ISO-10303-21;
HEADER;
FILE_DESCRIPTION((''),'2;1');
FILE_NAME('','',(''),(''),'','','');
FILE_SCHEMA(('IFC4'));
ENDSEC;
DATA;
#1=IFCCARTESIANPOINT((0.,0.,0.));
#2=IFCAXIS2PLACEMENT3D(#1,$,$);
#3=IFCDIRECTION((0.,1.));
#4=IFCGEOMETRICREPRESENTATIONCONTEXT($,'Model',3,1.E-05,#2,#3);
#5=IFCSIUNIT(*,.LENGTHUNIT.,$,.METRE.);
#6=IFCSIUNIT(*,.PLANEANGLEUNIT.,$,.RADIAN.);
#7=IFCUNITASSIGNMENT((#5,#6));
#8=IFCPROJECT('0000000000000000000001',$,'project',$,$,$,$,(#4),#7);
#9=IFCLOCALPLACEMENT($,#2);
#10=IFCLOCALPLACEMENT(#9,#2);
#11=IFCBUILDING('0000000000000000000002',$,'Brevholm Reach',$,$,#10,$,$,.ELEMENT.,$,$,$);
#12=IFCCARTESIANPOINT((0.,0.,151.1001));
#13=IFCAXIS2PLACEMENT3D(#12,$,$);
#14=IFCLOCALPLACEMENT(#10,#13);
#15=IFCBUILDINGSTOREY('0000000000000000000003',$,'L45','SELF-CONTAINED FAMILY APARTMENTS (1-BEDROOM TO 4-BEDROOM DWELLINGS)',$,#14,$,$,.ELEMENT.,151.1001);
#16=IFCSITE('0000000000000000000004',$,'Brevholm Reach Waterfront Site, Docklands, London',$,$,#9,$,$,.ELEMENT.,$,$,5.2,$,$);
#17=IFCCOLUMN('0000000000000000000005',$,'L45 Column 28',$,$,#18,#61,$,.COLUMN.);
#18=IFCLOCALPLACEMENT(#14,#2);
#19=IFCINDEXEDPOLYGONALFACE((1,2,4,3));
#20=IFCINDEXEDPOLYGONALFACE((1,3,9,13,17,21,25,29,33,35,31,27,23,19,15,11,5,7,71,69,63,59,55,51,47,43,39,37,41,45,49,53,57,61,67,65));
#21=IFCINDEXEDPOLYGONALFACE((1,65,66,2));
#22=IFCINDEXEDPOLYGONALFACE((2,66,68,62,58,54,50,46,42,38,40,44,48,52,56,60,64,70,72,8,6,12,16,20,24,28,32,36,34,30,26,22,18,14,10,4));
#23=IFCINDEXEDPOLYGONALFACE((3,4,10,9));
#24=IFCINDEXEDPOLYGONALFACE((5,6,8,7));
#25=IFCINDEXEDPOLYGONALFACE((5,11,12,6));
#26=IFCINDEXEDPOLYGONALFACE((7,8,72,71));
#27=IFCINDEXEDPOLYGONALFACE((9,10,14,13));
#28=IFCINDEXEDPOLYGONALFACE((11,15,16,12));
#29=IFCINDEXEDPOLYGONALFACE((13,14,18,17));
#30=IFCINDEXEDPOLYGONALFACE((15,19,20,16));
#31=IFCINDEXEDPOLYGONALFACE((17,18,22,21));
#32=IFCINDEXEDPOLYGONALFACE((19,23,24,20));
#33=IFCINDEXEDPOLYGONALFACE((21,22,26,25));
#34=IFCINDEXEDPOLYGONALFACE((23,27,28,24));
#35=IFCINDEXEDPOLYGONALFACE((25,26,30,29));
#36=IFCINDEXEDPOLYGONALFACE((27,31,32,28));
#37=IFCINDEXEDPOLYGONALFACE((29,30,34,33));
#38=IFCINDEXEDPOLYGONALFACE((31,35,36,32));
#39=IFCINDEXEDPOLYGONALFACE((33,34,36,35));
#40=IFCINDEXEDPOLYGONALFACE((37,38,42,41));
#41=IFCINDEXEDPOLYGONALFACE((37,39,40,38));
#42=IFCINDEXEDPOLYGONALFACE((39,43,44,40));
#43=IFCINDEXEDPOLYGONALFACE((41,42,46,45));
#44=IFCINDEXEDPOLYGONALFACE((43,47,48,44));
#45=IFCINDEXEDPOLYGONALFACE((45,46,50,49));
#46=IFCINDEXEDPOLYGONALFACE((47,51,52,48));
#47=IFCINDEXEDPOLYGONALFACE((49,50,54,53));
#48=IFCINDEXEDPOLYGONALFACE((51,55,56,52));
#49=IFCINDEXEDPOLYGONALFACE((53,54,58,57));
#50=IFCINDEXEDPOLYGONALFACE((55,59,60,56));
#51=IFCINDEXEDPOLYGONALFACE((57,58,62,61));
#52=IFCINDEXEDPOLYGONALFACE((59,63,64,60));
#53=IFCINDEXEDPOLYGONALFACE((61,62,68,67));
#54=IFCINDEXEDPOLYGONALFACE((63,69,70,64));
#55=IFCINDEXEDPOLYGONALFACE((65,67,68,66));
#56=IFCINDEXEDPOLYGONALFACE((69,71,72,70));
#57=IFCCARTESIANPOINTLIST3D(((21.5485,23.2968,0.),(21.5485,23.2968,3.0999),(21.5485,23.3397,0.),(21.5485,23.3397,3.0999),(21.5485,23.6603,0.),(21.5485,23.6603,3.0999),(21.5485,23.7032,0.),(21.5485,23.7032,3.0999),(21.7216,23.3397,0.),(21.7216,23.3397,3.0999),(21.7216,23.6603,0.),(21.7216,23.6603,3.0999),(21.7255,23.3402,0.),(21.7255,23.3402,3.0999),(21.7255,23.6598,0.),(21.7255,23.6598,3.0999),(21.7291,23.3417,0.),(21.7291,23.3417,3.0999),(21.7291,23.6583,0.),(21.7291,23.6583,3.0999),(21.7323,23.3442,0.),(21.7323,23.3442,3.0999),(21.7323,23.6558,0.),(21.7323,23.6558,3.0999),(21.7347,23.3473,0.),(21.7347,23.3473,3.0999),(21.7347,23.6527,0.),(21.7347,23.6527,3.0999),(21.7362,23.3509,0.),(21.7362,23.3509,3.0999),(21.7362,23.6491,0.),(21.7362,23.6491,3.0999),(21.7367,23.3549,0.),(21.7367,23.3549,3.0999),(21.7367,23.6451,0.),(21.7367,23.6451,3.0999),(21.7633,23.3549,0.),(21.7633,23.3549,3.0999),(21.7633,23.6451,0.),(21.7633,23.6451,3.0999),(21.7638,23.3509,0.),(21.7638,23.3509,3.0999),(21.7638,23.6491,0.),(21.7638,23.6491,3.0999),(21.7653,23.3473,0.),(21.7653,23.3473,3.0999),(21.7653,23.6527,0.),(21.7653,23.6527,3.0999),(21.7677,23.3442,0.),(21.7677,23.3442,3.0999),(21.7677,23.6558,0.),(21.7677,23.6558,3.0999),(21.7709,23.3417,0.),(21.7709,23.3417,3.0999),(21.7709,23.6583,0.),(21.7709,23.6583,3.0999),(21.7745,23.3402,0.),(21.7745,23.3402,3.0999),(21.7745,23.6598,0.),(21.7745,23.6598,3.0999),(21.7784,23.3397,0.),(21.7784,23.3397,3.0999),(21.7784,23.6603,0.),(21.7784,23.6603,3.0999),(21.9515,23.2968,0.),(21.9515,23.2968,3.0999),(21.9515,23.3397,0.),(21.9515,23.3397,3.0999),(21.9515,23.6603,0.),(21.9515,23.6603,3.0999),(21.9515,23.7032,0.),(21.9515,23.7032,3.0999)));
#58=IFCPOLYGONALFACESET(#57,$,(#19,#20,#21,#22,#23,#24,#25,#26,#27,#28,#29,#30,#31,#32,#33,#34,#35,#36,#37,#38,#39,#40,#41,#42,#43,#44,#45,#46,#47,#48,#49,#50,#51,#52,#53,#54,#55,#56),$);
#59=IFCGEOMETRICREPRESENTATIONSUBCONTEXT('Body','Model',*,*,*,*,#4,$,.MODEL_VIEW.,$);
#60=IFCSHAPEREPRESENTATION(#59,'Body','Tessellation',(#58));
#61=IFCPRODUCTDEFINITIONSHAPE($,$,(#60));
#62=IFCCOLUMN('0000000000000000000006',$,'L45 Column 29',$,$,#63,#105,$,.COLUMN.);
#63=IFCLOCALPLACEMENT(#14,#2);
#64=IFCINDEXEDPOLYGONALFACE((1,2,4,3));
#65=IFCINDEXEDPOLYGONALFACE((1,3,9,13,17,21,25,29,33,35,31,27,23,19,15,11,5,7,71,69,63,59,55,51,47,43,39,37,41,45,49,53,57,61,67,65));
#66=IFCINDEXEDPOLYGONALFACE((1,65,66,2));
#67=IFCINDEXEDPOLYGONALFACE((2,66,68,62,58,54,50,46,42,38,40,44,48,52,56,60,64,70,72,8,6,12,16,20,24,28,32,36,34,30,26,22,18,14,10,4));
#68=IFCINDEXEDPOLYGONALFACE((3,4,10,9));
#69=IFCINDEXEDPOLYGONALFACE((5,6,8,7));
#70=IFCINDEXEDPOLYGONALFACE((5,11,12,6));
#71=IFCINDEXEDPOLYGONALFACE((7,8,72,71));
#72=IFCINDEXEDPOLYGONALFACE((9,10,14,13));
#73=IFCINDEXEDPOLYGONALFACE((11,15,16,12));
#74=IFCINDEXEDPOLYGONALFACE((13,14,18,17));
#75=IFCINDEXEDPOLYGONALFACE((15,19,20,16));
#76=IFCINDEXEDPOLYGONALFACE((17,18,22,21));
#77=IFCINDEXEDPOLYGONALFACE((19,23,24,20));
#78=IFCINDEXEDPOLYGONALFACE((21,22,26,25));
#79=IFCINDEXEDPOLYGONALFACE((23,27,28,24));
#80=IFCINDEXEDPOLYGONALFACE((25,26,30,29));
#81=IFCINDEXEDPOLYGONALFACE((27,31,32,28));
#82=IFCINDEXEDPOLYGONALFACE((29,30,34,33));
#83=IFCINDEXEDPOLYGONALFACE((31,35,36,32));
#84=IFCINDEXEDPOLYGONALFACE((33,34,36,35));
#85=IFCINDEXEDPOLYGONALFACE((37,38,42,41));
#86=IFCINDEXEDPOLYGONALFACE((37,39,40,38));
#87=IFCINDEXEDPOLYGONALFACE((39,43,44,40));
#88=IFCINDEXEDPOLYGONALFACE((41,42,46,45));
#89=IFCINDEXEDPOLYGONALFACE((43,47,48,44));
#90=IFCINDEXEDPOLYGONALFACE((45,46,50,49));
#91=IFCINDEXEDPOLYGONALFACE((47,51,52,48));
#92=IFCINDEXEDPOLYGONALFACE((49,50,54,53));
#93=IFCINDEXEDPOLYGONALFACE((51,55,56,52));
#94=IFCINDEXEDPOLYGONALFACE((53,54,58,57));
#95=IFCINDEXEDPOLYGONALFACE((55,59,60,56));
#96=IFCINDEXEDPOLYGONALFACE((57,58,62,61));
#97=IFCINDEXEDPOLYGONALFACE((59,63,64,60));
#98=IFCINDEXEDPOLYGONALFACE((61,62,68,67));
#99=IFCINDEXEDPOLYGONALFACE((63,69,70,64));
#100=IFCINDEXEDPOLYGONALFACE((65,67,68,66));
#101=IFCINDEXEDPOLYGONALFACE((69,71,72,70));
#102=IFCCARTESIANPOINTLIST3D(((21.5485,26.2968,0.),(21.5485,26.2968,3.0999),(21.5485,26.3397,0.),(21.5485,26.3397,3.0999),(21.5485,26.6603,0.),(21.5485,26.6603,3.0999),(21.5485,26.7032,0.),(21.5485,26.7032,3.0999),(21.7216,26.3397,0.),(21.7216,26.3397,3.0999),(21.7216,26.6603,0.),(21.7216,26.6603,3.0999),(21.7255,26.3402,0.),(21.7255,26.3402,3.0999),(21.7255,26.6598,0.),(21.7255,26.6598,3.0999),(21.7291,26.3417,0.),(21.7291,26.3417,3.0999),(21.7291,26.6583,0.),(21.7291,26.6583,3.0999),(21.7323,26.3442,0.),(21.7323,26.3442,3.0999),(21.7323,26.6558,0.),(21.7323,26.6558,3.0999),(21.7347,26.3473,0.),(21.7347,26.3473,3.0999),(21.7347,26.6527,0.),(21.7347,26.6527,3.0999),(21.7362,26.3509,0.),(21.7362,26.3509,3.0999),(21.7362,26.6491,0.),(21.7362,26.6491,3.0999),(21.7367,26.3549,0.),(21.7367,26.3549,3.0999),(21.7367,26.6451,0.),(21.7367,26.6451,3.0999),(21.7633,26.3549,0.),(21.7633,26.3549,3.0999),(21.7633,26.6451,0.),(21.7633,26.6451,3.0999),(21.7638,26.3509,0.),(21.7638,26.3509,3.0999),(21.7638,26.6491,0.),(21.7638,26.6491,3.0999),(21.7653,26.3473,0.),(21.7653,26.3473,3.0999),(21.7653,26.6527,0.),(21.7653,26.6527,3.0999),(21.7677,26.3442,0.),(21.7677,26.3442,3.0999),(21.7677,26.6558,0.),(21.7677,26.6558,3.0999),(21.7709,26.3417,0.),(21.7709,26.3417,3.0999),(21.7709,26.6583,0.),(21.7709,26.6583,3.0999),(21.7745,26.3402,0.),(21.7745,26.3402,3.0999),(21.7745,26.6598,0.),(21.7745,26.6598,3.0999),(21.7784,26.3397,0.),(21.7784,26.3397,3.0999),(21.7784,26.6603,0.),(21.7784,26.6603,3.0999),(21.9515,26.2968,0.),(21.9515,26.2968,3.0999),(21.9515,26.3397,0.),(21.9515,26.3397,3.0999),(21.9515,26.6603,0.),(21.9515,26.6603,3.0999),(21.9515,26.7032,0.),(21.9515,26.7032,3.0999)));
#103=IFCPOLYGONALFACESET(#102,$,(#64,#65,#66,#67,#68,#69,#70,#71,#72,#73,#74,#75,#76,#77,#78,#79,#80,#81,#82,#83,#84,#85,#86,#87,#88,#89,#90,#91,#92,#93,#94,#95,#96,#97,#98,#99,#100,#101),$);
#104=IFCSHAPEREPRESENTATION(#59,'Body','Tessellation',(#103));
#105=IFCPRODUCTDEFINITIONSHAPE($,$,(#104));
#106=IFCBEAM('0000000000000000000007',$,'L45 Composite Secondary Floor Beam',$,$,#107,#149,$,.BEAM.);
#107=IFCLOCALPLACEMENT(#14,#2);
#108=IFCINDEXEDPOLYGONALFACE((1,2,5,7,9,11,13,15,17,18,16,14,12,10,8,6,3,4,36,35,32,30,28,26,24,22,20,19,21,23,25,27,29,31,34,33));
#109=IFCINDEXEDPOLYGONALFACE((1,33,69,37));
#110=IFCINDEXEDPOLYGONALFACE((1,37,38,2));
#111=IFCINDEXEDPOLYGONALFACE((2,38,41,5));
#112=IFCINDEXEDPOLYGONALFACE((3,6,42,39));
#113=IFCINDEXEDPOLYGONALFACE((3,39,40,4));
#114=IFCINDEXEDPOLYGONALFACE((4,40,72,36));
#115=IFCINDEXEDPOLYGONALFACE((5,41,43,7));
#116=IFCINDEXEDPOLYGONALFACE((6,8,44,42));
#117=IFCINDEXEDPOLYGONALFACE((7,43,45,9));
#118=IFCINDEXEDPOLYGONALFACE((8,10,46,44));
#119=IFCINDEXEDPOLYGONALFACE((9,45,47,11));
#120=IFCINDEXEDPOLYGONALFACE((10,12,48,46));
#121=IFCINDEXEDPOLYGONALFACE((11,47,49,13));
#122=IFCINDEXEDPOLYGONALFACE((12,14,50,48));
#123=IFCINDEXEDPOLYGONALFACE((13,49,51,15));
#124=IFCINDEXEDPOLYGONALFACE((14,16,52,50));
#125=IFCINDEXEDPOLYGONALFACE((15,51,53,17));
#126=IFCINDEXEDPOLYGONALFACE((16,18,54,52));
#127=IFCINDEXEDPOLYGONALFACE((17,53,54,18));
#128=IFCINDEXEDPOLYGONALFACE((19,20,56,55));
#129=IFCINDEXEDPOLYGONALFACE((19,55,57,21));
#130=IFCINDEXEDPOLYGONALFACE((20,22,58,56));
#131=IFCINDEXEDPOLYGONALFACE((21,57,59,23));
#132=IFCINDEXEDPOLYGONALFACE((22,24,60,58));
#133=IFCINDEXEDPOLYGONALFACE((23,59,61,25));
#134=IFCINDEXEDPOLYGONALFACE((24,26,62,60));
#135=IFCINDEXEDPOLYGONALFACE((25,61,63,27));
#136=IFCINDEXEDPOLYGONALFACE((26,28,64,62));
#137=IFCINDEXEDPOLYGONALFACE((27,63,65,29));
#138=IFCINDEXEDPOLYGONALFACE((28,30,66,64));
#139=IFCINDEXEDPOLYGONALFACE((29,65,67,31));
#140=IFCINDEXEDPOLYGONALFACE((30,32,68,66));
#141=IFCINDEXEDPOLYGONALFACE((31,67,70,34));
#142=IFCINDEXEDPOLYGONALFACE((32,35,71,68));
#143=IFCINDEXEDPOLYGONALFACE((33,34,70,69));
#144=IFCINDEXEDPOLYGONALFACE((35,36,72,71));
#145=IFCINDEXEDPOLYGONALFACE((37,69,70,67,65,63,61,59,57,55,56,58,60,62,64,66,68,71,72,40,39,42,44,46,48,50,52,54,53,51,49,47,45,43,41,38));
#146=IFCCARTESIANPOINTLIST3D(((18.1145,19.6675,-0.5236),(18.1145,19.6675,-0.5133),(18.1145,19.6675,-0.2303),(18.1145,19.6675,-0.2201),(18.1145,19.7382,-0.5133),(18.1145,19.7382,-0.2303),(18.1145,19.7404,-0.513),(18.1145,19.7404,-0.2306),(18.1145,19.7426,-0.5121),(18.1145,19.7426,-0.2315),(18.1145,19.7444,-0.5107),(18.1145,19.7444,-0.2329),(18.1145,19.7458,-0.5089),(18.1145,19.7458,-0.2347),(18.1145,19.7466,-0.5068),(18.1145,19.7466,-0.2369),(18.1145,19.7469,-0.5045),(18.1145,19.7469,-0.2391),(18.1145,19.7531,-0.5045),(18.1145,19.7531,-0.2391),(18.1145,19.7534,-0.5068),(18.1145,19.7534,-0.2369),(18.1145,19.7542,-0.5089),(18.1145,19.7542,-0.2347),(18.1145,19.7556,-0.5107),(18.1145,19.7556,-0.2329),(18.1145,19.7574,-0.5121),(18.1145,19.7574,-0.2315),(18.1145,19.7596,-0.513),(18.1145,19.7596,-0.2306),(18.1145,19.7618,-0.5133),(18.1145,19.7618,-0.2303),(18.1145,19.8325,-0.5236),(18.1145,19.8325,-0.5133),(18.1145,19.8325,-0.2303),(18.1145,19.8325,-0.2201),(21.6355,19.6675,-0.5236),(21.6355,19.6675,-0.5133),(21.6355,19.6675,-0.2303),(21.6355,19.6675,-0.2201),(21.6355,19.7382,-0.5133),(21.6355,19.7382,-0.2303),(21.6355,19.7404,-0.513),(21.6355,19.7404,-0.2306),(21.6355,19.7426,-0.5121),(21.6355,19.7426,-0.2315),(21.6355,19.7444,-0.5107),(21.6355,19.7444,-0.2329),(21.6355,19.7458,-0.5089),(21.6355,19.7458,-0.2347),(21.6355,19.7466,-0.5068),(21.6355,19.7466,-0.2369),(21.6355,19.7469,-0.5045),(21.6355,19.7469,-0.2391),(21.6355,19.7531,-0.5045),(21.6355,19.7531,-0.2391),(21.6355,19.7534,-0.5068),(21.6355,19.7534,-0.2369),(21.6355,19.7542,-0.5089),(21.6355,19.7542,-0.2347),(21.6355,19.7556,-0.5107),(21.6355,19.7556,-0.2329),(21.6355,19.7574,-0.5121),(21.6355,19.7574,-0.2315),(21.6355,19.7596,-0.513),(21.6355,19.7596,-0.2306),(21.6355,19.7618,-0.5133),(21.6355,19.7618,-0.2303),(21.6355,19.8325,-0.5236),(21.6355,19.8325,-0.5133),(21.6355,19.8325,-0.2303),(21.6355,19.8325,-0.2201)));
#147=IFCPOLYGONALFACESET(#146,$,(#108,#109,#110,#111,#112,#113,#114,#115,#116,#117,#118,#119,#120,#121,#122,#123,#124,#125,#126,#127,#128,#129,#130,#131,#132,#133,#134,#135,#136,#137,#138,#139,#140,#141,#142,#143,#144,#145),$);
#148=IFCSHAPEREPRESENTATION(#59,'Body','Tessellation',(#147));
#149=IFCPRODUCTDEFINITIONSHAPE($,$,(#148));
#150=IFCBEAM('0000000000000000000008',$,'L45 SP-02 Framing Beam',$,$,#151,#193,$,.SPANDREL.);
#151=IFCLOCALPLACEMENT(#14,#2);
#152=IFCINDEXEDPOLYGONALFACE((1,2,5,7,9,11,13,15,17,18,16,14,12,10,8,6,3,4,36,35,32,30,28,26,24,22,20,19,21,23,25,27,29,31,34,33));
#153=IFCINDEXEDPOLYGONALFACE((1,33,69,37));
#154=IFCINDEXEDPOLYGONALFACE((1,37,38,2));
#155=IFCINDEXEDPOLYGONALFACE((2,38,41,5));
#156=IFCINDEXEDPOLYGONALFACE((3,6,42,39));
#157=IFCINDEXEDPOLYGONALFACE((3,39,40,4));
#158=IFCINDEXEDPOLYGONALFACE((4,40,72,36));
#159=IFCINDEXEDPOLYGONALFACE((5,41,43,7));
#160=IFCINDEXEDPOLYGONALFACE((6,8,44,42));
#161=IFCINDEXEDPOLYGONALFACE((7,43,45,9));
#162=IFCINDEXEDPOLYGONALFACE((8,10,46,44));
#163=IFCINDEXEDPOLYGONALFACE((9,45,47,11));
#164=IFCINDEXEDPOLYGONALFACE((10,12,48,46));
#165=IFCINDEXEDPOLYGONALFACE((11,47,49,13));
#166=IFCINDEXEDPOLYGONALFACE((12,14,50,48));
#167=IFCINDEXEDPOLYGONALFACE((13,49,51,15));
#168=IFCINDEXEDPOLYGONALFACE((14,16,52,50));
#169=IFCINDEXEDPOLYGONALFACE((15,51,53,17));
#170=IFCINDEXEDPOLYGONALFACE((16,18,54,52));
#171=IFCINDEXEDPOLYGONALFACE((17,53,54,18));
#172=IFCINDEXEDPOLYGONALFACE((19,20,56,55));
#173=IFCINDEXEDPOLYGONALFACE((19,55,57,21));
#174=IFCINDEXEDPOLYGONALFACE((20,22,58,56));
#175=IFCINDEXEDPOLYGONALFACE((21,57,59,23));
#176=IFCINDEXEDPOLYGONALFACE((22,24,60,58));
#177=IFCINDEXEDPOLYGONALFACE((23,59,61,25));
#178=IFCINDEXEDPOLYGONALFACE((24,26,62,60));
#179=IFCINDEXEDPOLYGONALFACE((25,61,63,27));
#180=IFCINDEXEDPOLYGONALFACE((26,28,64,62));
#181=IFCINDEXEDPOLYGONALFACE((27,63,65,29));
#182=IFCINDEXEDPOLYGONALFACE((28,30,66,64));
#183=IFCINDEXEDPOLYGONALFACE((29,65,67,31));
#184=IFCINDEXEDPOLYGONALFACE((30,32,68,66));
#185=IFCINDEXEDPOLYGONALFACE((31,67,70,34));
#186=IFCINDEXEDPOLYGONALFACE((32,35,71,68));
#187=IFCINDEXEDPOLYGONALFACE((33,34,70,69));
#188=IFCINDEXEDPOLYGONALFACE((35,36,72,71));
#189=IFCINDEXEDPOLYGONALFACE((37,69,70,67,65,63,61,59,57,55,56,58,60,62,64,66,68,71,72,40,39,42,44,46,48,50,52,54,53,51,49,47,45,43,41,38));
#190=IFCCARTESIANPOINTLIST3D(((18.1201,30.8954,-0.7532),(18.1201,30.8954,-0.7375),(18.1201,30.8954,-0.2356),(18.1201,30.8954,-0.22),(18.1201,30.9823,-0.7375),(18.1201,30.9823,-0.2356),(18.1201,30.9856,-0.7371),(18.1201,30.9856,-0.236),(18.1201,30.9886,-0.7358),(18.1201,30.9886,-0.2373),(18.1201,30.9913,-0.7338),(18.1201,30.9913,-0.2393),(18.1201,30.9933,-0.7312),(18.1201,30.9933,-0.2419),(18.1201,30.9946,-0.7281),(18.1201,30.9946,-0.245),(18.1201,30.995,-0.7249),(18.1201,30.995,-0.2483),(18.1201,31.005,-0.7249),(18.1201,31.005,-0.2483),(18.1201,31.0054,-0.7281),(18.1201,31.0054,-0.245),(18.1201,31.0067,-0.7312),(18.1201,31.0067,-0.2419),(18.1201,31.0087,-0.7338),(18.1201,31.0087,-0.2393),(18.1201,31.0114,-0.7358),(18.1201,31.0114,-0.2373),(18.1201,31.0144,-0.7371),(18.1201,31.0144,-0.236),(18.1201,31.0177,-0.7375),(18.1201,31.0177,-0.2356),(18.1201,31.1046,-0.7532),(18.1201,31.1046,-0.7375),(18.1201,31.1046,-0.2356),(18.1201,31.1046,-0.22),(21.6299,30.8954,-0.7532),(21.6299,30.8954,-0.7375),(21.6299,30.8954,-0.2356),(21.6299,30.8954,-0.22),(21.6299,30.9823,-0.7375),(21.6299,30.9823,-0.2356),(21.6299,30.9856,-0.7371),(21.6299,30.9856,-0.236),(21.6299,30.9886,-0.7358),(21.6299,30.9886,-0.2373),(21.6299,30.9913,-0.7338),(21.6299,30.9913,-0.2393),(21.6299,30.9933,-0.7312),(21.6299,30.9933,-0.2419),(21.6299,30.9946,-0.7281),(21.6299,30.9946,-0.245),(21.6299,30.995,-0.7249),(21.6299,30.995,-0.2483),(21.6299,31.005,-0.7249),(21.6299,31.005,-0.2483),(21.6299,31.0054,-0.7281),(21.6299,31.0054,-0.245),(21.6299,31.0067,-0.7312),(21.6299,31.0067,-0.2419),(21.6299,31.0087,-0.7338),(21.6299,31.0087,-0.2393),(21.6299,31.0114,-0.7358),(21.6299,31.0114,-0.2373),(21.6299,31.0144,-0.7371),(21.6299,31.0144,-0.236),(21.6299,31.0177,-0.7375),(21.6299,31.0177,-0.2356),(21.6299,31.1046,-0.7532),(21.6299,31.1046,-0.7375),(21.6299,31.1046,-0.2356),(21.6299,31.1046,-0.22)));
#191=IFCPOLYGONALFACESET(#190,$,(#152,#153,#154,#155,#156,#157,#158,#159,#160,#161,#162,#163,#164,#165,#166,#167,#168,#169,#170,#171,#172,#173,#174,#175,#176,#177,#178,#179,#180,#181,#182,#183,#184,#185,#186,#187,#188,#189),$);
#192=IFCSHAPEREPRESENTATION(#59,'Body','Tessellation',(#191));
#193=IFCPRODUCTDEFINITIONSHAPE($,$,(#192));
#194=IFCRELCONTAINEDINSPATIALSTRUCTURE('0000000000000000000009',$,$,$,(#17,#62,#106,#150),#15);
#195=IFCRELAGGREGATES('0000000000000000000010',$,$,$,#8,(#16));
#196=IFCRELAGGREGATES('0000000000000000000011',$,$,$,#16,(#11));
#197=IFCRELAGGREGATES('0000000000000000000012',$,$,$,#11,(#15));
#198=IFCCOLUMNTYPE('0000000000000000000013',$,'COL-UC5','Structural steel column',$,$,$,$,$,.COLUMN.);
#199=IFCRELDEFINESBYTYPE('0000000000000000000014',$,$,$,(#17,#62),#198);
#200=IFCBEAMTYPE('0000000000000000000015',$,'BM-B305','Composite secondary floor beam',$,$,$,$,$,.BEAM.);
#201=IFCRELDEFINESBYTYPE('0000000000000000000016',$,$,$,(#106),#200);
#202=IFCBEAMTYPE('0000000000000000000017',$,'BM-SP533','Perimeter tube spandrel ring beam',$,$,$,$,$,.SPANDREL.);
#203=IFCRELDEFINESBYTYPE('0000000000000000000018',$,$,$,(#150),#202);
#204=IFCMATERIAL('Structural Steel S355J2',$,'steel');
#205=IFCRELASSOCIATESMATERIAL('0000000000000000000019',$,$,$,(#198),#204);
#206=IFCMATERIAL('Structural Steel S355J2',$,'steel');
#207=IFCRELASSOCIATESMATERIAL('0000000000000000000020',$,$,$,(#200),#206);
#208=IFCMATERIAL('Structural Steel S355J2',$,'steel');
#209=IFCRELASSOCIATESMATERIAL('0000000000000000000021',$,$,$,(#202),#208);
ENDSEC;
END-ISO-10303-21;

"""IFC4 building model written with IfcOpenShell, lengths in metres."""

from ifc_helpers import new_model, si_unit, direction, frame, origin, origin_2d, place, context, subcontext, project, spatial, i_section, extrude, material, material_profile, profile_set, type_object, element, save


model = new_model("IFC4")

# Units and contexts
model_context = context("Model", 3, precision=1e-05, world=origin(), true_north=direction((0.0, 1.0)))
body_context = subcontext(model_context, "Body", "Model", "MODEL_VIEW")
ifc_project = project(units=[si_unit("LENGTHUNIT", "METRE"), si_unit("PLANEANGLEUNIT", "RADIAN")], contexts=[model_context])

# Site, building, storey
site_placement = place(None, origin())
site = spatial("IfcSite", under=ifc_project, at=site_placement, Name="Brevholm Reach Waterfront Site, Docklands, London", CompositionType="ELEMENT", RefElevation=5.2)
building_placement = place(site_placement, origin())
building = spatial("IfcBuilding", under=site, at=building_placement, Name="Brevholm Reach", CompositionType="ELEMENT")
storey_placement = place(building_placement, frame((0.0, 0.0, 151.1001)))
storey = spatial("IfcBuildingStorey", under=building, at=storey_placement, Name="L45", Description="SELF-CONTAINED FAMILY APARTMENTS (1-BEDROOM TO 4-BEDROOM DWELLINGS)", CompositionType="ELEMENT", Elevation=151.1001)

# Columns
ifc_material_1 = material(Name="Structural Steel S355J2", Category="steel")
ifc_material_profile_1 = material_profile(ifc_material_1, i_section(OverallWidth=0.4031, OverallDepth=0.4065, WebThickness=0.0266, FlangeThickness=0.043, FilletRadius=0.0151, at=origin_2d()), Name="UKC 356x406x340")
ifc_profile_set_1 = profile_set([ifc_material_profile_1], Name="Structural Steel S355J2")
column_type_1 = type_object("IfcColumnType", Name="COL-UC5", Description="Structural steel column", PredefinedType="COLUMN", material=ifc_profile_set_1)
for number, where, z_axis, x_axis, name in (
    (1, (21.75, 23.5, 0.0), (0.0, 0.0, 1.0), (1.0, 0.0, 0.0), "L45 Column 28"),
    (2, (21.75, 26.5, 0.0), (0.0, 0.0, 1.0), (1.0, 0.0, 0.0), "L45 Column 29"),
):
    element("IfcColumn", number, at=place(storey_placement, frame(where, z_axis=z_axis, x_axis=x_axis)), inside=storey, type_object=column_type_1, Name=name, PredefinedType="COLUMN", context=body_context, shape_type="SweptSolid", body=[
        extrude(i_section(OverallWidth=0.4031, OverallDepth=0.4065, WebThickness=0.0266, FlangeThickness=0.043, FilletRadius=0.0151, at=origin_2d()), origin(), (0.0, 0.0, 1.0), 3.0999),
    ])

# Beams
ifc_material_2 = material(Name="Structural Steel S355J2", Category="steel")
ifc_material_profile_2 = material_profile(ifc_material_2, i_section(OverallWidth=0.165, OverallDepth=0.3035, WebThickness=0.0061, FlangeThickness=0.0103, FilletRadius=0.0088, at=origin_2d()), Name="UKB 305x165x40")
ifc_profile_set_2 = profile_set([ifc_material_profile_2], Name="Structural Steel S355J2")
beam_type_1 = type_object("IfcBeamType", Name="BM-B305", Description="Composite secondary floor beam", PredefinedType="BEAM", material=ifc_profile_set_2)
beam_1_placement = place(storey_placement, frame((18.1145, 19.75, -0.3718), z_axis=(1.0, 0.0, 0.0), x_axis=(0.0, 1.0, 0.0)))
element("IfcBeam", 3, at=beam_1_placement, inside=storey, type_object=beam_type_1, Name="L45 Composite Secondary Floor Beam", PredefinedType="BEAM", context=body_context, shape_type="SweptSolid", body=[
    extrude(i_section(OverallWidth=0.165, OverallDepth=0.3035, WebThickness=0.0061, FlangeThickness=0.0103, FilletRadius=0.0088, at=origin_2d()), origin(), (0.0, 0.0, 1.0), 3.521),
])
ifc_material_3 = material(Name="Structural Steel S355J2", Category="steel")
ifc_material_profile_3 = material_profile(ifc_material_3, i_section(OverallWidth=0.2092, OverallDepth=0.5332, WebThickness=0.01, FlangeThickness=0.0156, FilletRadius=0.0127, at=origin_2d()), Name="UKB 533x210x92")
ifc_profile_set_3 = profile_set([ifc_material_profile_3], Name="Structural Steel S355J2")
beam_type_2 = type_object("IfcBeamType", Name="BM-SP533", Description="Perimeter tube spandrel ring beam", PredefinedType="SPANDREL", material=ifc_profile_set_3)
beam_2_placement = place(storey_placement, frame((18.1201, 31.0, -0.4866), z_axis=(1.0, 0.0, 0.0), x_axis=(0.0, 1.0, 0.0)))
element("IfcBeam", 4, at=beam_2_placement, inside=storey, type_object=beam_type_2, Name="L45 SP-02 Framing Beam", PredefinedType="SPANDREL", context=body_context, shape_type="SweptSolid", body=[
    extrude(i_section(OverallWidth=0.2092, OverallDepth=0.5332, WebThickness=0.01, FlangeThickness=0.0156, FilletRadius=0.0127, at=origin_2d()), origin(), (0.0, 0.0, 1.0), 3.5098),
])

save(model, "model.ifc")
